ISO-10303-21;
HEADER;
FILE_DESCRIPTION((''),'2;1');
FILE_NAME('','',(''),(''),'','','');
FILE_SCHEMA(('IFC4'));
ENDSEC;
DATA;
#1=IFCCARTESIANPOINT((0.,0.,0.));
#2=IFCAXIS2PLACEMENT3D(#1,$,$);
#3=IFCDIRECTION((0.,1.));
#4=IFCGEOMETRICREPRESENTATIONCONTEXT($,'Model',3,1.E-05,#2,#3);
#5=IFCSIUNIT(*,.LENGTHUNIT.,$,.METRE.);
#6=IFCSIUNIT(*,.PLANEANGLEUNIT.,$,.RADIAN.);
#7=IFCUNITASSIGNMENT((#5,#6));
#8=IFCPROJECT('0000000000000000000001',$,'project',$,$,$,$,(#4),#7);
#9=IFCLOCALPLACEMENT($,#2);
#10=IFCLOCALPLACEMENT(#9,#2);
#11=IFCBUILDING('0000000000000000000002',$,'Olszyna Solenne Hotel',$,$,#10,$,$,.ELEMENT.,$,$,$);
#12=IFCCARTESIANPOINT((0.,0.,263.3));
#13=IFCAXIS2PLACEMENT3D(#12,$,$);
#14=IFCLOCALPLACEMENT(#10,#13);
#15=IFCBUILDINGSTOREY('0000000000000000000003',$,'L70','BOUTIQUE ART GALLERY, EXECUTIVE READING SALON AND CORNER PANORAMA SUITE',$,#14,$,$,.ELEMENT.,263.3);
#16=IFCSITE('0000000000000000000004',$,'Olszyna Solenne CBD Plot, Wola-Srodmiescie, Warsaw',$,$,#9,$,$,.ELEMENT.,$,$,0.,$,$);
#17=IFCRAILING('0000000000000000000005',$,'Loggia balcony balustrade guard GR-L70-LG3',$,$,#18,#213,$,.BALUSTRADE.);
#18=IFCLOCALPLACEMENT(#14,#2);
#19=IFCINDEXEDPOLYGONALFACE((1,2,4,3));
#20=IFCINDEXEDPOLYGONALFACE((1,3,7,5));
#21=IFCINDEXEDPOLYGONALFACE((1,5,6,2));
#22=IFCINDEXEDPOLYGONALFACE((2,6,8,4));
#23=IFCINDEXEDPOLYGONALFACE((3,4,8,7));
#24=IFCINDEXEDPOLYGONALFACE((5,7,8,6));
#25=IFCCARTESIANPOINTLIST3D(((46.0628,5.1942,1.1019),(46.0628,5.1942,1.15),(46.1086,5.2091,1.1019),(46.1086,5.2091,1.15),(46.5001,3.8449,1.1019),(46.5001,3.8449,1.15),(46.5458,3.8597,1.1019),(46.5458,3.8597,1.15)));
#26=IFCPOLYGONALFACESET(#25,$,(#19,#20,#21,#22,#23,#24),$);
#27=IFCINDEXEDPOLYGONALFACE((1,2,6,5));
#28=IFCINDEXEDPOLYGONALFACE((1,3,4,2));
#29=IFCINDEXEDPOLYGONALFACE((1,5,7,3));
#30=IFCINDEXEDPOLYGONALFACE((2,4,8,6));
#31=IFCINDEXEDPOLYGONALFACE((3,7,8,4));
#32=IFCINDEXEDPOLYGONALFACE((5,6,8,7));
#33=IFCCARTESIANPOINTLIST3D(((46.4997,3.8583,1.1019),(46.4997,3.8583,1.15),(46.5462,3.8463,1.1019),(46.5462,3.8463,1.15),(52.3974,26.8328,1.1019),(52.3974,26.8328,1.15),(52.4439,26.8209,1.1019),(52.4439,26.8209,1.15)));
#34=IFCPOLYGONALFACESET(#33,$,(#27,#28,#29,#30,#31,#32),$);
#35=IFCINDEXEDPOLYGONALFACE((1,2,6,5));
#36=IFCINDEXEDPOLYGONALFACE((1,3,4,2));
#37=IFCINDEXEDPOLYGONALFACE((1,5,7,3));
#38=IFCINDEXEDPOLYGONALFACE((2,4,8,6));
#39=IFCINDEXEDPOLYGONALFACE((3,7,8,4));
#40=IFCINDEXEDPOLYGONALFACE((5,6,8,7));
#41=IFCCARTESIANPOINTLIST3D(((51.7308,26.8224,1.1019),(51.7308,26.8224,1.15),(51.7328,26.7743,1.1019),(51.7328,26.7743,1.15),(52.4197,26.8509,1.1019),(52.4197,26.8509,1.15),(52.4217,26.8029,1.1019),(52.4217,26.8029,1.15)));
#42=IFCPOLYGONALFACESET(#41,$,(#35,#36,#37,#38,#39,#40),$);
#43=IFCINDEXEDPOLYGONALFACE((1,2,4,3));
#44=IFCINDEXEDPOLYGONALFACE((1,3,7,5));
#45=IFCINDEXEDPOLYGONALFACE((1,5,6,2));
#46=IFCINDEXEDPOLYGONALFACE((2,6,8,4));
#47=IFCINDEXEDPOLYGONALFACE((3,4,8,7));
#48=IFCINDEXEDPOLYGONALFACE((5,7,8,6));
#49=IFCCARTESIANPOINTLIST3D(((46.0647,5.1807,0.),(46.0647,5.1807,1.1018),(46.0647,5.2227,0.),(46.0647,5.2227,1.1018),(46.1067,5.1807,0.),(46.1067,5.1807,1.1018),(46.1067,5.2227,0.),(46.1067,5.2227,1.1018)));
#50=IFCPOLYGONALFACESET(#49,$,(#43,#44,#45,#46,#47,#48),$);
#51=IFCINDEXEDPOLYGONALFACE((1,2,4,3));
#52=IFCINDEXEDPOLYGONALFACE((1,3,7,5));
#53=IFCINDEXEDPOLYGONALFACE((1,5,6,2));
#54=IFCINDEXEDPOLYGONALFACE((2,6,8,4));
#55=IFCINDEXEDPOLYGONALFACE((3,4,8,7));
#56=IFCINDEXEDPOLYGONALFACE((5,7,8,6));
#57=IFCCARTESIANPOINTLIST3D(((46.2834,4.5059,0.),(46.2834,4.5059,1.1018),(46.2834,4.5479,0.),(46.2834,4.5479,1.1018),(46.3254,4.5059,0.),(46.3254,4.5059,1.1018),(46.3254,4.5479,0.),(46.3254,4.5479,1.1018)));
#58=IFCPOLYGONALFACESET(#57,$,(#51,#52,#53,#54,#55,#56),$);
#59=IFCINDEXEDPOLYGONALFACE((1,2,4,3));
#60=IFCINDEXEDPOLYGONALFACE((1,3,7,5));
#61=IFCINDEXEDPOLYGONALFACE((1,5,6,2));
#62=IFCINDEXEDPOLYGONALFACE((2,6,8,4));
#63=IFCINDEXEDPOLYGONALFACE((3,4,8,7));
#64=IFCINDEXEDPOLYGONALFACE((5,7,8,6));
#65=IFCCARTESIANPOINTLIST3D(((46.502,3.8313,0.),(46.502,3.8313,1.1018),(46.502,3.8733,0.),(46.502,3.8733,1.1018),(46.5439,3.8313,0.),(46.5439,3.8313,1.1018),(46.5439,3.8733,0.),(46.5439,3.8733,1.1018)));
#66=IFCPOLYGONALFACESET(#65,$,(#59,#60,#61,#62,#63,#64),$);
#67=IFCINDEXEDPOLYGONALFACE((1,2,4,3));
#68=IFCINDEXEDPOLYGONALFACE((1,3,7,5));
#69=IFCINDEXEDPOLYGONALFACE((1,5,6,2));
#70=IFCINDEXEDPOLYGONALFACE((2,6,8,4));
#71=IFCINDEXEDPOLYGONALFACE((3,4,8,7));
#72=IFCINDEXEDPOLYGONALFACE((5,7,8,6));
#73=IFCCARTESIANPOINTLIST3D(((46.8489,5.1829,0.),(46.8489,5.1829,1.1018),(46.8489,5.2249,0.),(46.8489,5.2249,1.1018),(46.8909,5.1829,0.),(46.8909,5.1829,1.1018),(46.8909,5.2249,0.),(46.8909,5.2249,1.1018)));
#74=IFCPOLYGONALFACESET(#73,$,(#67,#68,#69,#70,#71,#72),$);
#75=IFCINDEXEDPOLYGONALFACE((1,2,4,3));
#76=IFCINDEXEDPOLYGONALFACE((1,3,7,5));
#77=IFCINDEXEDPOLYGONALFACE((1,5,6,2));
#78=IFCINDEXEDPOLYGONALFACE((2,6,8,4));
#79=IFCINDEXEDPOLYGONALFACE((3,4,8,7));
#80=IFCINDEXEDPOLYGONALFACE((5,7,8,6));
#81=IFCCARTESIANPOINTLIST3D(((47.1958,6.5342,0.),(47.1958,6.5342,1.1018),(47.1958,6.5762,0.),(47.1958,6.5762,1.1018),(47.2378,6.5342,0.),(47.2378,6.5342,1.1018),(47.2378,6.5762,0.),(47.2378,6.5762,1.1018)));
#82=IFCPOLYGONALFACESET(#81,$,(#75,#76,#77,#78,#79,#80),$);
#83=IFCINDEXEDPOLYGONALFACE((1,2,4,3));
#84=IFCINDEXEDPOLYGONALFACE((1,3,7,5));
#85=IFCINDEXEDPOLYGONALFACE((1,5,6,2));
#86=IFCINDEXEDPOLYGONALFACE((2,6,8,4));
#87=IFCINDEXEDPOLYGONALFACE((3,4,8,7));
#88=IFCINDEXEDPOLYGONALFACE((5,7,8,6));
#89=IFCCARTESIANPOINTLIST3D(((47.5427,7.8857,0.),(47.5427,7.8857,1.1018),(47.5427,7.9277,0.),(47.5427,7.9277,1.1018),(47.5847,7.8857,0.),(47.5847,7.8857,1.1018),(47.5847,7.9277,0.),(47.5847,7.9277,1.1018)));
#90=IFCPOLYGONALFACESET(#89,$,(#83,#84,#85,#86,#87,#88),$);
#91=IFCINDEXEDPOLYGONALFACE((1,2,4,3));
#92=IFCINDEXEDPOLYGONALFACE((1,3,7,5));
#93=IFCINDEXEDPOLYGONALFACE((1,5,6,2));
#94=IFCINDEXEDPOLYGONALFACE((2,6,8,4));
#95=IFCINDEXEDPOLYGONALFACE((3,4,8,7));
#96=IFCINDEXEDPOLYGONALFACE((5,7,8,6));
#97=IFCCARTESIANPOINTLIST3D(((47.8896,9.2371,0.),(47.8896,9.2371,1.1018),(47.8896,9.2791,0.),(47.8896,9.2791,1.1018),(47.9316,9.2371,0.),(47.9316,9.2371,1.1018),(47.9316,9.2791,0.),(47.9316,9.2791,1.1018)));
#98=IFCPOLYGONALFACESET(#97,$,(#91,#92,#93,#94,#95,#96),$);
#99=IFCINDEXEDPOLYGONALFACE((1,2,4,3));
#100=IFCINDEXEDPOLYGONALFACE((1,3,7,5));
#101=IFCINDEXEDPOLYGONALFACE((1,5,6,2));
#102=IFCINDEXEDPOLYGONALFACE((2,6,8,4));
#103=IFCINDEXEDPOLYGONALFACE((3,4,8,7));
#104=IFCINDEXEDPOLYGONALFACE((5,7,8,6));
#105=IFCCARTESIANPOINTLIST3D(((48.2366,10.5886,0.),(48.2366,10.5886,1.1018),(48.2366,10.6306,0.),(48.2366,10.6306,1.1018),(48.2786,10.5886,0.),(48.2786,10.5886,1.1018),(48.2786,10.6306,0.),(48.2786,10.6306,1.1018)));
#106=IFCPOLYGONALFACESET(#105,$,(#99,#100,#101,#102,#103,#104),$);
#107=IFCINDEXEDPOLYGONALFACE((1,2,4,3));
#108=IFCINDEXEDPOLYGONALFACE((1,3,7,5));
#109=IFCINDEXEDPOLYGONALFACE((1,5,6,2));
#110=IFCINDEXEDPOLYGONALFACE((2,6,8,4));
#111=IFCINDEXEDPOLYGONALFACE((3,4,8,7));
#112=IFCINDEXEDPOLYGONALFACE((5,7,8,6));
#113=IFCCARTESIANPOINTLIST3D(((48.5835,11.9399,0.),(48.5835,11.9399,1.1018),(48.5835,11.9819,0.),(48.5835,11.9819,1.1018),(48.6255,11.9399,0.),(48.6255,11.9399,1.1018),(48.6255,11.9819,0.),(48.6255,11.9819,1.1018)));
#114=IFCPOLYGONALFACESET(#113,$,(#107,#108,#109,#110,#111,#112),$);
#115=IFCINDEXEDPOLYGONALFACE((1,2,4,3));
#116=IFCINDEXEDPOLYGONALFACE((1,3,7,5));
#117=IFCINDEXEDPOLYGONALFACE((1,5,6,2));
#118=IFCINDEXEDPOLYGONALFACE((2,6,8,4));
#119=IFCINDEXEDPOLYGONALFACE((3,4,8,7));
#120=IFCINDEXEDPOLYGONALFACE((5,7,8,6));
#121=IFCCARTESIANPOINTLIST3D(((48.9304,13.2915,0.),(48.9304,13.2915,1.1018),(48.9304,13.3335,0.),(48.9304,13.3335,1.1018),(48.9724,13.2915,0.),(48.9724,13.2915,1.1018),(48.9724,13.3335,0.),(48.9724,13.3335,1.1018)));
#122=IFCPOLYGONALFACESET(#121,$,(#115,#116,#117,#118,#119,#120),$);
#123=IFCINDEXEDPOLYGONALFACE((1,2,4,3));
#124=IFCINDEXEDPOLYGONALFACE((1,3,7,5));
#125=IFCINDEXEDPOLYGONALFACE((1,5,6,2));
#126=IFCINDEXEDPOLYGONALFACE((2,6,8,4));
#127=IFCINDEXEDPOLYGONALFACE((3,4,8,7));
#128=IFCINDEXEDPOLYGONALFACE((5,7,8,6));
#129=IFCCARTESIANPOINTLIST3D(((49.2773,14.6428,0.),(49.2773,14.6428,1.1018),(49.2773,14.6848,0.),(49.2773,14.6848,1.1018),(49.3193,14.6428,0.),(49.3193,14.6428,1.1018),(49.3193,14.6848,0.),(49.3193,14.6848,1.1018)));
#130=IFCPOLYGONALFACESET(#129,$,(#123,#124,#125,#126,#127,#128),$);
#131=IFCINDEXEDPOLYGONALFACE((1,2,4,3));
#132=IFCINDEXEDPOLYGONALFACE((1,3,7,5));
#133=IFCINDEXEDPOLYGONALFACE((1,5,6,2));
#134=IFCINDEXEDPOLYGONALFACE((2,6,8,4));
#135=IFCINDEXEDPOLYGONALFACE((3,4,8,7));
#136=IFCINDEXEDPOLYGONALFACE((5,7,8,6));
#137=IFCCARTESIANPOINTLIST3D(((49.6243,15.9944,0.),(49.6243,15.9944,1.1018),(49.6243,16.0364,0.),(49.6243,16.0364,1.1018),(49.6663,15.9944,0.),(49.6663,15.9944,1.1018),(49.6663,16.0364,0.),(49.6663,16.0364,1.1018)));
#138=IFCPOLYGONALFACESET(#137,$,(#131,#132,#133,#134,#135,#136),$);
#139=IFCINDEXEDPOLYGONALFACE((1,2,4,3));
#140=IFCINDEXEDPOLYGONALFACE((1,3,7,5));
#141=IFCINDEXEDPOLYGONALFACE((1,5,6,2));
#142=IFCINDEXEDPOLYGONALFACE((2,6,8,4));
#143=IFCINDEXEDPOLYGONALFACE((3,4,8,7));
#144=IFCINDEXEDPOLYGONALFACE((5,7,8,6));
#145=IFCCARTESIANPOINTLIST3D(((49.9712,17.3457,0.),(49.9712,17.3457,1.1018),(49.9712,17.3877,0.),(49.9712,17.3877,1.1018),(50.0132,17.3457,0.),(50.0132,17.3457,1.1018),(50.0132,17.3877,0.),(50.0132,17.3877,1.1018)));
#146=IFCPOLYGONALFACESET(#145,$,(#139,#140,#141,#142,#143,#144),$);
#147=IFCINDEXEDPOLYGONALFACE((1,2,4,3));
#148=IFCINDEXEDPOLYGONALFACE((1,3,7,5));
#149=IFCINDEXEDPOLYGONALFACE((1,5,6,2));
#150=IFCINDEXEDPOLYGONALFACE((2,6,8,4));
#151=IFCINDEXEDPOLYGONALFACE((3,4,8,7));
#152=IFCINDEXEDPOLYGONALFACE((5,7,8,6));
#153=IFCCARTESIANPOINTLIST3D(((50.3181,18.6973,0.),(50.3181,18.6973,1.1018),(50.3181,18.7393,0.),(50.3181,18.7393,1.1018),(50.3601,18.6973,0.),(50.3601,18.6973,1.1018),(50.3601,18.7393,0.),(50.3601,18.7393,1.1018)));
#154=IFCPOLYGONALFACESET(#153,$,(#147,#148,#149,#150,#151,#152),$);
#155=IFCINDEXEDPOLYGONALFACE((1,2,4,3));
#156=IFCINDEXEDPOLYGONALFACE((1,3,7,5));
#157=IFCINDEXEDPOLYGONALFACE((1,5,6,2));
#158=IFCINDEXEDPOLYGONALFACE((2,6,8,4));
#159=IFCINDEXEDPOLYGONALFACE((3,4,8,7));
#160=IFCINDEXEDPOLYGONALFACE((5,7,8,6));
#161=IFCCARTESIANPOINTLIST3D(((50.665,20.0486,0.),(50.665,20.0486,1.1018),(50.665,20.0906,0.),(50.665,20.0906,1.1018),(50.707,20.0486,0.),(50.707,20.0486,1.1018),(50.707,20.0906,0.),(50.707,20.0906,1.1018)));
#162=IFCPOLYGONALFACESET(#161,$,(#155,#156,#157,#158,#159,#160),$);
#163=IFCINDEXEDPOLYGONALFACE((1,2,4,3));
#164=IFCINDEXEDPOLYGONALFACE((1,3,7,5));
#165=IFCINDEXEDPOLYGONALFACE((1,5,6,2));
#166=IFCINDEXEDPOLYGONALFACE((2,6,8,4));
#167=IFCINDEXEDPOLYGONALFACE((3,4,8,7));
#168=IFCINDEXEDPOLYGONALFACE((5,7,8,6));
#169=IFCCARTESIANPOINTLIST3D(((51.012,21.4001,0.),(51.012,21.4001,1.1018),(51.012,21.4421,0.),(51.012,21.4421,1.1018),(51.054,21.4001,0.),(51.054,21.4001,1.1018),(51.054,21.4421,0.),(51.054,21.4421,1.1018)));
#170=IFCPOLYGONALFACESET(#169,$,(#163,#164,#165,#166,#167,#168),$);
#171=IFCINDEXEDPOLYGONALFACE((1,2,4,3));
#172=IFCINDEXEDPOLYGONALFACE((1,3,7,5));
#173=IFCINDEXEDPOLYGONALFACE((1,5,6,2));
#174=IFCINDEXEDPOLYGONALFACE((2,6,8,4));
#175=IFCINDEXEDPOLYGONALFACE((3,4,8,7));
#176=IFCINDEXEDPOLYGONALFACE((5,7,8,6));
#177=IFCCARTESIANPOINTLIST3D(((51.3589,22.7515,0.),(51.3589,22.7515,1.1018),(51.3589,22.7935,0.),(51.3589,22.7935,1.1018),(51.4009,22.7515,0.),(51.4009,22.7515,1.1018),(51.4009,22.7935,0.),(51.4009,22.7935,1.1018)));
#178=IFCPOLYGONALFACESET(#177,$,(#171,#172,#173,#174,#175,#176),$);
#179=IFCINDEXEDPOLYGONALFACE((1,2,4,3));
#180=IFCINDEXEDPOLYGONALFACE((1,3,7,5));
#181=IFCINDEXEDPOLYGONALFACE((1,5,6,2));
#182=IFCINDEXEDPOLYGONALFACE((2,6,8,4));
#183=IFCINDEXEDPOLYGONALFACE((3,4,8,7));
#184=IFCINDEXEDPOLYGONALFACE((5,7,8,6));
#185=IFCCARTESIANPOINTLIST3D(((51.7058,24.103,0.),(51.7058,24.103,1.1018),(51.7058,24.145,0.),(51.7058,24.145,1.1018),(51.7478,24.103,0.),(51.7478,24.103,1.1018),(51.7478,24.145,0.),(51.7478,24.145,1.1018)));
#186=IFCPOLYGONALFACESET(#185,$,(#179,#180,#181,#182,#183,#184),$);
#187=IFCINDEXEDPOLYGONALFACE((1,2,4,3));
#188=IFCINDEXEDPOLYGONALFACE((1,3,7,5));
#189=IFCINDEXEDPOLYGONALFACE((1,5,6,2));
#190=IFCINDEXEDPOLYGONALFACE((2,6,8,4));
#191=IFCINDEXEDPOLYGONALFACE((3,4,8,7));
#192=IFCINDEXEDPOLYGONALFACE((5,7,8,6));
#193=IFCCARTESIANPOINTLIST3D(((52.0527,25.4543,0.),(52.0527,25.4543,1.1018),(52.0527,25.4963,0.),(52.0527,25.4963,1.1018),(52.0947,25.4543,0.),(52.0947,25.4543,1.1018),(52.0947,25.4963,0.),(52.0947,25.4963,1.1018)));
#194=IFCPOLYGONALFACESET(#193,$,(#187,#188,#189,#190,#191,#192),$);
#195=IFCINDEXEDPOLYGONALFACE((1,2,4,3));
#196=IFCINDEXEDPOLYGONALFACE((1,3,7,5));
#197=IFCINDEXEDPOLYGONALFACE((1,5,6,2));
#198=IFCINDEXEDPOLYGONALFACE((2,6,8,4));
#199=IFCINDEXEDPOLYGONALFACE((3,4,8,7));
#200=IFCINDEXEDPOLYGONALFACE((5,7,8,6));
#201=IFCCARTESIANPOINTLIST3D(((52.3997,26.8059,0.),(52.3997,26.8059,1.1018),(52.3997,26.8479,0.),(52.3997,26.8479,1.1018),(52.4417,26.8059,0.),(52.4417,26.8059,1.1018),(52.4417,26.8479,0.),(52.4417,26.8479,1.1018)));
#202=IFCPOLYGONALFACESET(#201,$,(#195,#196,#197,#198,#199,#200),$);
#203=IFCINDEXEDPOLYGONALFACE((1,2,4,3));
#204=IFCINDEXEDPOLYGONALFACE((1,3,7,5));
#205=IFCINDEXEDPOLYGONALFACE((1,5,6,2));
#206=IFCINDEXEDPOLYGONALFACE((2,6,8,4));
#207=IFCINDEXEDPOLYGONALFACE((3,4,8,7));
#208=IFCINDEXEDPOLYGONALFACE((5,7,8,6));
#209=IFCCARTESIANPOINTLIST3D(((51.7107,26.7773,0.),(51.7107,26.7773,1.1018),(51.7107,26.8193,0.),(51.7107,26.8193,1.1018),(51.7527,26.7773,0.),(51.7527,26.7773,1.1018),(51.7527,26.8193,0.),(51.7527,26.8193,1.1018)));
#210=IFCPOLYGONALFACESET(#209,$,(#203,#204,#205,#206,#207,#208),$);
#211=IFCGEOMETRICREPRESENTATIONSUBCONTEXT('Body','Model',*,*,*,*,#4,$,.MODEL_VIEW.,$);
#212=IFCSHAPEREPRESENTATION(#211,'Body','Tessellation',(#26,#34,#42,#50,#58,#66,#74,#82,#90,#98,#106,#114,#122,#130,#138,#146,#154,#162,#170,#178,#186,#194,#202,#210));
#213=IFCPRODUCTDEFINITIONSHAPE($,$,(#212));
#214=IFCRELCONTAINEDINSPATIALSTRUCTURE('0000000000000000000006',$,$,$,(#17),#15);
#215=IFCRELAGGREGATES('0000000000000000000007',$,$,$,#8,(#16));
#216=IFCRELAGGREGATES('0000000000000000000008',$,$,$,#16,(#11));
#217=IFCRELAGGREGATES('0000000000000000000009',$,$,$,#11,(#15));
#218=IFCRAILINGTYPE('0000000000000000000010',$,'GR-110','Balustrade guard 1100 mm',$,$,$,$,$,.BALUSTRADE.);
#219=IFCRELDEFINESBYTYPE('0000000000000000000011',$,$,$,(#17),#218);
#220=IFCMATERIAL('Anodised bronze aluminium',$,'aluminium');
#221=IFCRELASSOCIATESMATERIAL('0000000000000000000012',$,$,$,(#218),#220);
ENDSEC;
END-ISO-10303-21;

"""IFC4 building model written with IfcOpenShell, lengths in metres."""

from ifc_helpers import new_model, si_unit, direction, frame, origin, origin_2d, place, context, subcontext, project, spatial, rectangle, extrude, material, type_object, element, save


model = new_model("IFC4")

# Units and contexts
model_context = context("Model", 3, precision=1e-05, world=origin(), true_north=direction((0.0, 1.0)))
body_context = subcontext(model_context, "Body", "Model", "MODEL_VIEW")
ifc_project = project(units=[si_unit("LENGTHUNIT", "METRE"), si_unit("PLANEANGLEUNIT", "RADIAN")], contexts=[model_context])

# Site, building, storey
site_placement = place(None, origin())
site = spatial("IfcSite", under=ifc_project, at=site_placement, Name="Olszyna Solenne CBD Plot, Wola-Srodmiescie, Warsaw", CompositionType="ELEMENT", RefElevation=0.0)
building_placement = place(site_placement, origin())
building = spatial("IfcBuilding", under=site, at=building_placement, Name="Olszyna Solenne Hotel", CompositionType="ELEMENT")
storey_placement = place(building_placement, frame((0.0, 0.0, 263.3)))
storey = spatial("IfcBuildingStorey", under=building, at=storey_placement, Name="L70", Description="BOUTIQUE ART GALLERY, EXECUTIVE READING SALON AND CORNER PANORAMA SUITE", CompositionType="ELEMENT", Elevation=263.3)

# Shared definitions
ifc_material_1 = material(Name="Anodised bronze aluminium", Category="aluminium")

# Railing
railing_type = type_object("IfcRailingType", Name="GR-110", Description="Balustrade guard 1100 mm", PredefinedType="BALUSTRADE", material=ifc_material_1)
railing_placement = place(storey_placement, frame((46.0857, 5.2017, 0.0)))
element("IfcRailing", 1, at=railing_placement, inside=storey, type_object=railing_type, Name="Loggia balcony balustrade guard GR-L70-LG3", PredefinedType="BALUSTRADE", context=body_context, shape_type="SweptSolid", body=[
    extrude(rectangle(XDim=0.0481, YDim=0.0481, at=origin_2d()), frame((0.0, 0.0, 1.126), z_axis=(0.308265, -0.951301, 0.0), x_axis=(0.951301, 0.308265, 0.0)), (0.0, 0.0, 1.0), 1.4185),
    extrude(rectangle(XDim=0.0481, YDim=0.0481, at=origin_2d()), frame((0.4373, -1.3494, 1.126), z_axis=(0.248644, 0.968595, 0.0), x_axis=(-0.968595, 0.248644, 0.0)), (0.0, 0.0, 1.0), 23.7195),
    extrude(rectangle(XDim=0.0481, YDim=0.0481, at=origin_2d()), frame((6.335, 21.6252, 1.126), z_axis=(-0.999142, -0.041424, 0.0), x_axis=(0.041424, -0.999142, 0.0)), (0.0, 0.0, 1.0), 0.6895),
    extrude(rectangle(XDim=0.042, YDim=0.042, at=origin_2d()), origin(), (0.0, 0.0, 1.0), 1.1018),
    extrude(rectangle(XDim=0.042, YDim=0.042, at=origin_2d()), frame((0.2188, -0.6748, 0.0)), (0.0, 0.0, 1.0), 1.1018),
    extrude(rectangle(XDim=0.042, YDim=0.042, at=origin_2d()), frame((0.4373, -1.3494, 0.0)), (0.0, 0.0, 1.0), 1.1018),
    extrude(rectangle(XDim=0.042, YDim=0.042, at=origin_2d()), frame((0.7842, 0.0022, 0.0)), (0.0, 0.0, 1.0), 1.1018),
    extrude(rectangle(XDim=0.042, YDim=0.042, at=origin_2d()), frame((1.1311, 1.3535, 0.0)), (0.0, 0.0, 1.0), 1.1018),
    extrude(rectangle(XDim=0.042, YDim=0.042, at=origin_2d()), frame((1.478, 2.7051, 0.0)), (0.0, 0.0, 1.0), 1.1018),
    extrude(rectangle(XDim=0.042, YDim=0.042, at=origin_2d()), frame((1.825, 4.0564, 0.0)), (0.0, 0.0, 1.0), 1.1018),
    extrude(rectangle(XDim=0.042, YDim=0.042, at=origin_2d()), frame((2.1719, 5.408, 0.0)), (0.0, 0.0, 1.0), 1.1018),
    extrude(rectangle(XDim=0.042, YDim=0.042, at=origin_2d()), frame((2.5188, 6.7593, 0.0)), (0.0, 0.0, 1.0), 1.1018),
    extrude(rectangle(XDim=0.042, YDim=0.042, at=origin_2d()), frame((2.8657, 8.1108, 0.0)), (0.0, 0.0, 1.0), 1.1018),
    extrude(rectangle(XDim=0.042, YDim=0.042, at=origin_2d()), frame((3.2126, 9.4622, 0.0)), (0.0, 0.0, 1.0), 1.1018),
    extrude(rectangle(XDim=0.042, YDim=0.042, at=origin_2d()), frame((3.5596, 10.8137, 0.0)), (0.0, 0.0, 1.0), 1.1018),
    extrude(rectangle(XDim=0.042, YDim=0.042, at=origin_2d()), frame((3.9065, 12.165, 0.0)), (0.0, 0.0, 1.0), 1.1018),
    extrude(rectangle(XDim=0.042, YDim=0.042, at=origin_2d()), frame((4.2534, 13.5166, 0.0)), (0.0, 0.0, 1.0), 1.1018),
    extrude(rectangle(XDim=0.042, YDim=0.042, at=origin_2d()), frame((4.6003, 14.8679, 0.0)), (0.0, 0.0, 1.0), 1.1018),
    extrude(rectangle(XDim=0.042, YDim=0.042, at=origin_2d()), frame((4.9473, 16.2195, 0.0)), (0.0, 0.0, 1.0), 1.1018),
    extrude(rectangle(XDim=0.042, YDim=0.042, at=origin_2d()), frame((5.2942, 17.5708, 0.0)), (0.0, 0.0, 1.0), 1.1018),
    extrude(rectangle(XDim=0.042, YDim=0.042, at=origin_2d()), frame((5.6411, 18.9224, 0.0)), (0.0, 0.0, 1.0), 1.1018),
    extrude(rectangle(XDim=0.042, YDim=0.042, at=origin_2d()), frame((5.988, 20.2737, 0.0)), (0.0, 0.0, 1.0), 1.1018),
    extrude(rectangle(XDim=0.042, YDim=0.042, at=origin_2d()), frame((6.335, 21.6252, 0.0)), (0.0, 0.0, 1.0), 1.1018),
    extrude(rectangle(XDim=0.042, YDim=0.042, at=origin_2d()), frame((5.646, 21.5967, 0.0)), (0.0, 0.0, 1.0), 1.1018),
])

save(model, "model.ifc")
